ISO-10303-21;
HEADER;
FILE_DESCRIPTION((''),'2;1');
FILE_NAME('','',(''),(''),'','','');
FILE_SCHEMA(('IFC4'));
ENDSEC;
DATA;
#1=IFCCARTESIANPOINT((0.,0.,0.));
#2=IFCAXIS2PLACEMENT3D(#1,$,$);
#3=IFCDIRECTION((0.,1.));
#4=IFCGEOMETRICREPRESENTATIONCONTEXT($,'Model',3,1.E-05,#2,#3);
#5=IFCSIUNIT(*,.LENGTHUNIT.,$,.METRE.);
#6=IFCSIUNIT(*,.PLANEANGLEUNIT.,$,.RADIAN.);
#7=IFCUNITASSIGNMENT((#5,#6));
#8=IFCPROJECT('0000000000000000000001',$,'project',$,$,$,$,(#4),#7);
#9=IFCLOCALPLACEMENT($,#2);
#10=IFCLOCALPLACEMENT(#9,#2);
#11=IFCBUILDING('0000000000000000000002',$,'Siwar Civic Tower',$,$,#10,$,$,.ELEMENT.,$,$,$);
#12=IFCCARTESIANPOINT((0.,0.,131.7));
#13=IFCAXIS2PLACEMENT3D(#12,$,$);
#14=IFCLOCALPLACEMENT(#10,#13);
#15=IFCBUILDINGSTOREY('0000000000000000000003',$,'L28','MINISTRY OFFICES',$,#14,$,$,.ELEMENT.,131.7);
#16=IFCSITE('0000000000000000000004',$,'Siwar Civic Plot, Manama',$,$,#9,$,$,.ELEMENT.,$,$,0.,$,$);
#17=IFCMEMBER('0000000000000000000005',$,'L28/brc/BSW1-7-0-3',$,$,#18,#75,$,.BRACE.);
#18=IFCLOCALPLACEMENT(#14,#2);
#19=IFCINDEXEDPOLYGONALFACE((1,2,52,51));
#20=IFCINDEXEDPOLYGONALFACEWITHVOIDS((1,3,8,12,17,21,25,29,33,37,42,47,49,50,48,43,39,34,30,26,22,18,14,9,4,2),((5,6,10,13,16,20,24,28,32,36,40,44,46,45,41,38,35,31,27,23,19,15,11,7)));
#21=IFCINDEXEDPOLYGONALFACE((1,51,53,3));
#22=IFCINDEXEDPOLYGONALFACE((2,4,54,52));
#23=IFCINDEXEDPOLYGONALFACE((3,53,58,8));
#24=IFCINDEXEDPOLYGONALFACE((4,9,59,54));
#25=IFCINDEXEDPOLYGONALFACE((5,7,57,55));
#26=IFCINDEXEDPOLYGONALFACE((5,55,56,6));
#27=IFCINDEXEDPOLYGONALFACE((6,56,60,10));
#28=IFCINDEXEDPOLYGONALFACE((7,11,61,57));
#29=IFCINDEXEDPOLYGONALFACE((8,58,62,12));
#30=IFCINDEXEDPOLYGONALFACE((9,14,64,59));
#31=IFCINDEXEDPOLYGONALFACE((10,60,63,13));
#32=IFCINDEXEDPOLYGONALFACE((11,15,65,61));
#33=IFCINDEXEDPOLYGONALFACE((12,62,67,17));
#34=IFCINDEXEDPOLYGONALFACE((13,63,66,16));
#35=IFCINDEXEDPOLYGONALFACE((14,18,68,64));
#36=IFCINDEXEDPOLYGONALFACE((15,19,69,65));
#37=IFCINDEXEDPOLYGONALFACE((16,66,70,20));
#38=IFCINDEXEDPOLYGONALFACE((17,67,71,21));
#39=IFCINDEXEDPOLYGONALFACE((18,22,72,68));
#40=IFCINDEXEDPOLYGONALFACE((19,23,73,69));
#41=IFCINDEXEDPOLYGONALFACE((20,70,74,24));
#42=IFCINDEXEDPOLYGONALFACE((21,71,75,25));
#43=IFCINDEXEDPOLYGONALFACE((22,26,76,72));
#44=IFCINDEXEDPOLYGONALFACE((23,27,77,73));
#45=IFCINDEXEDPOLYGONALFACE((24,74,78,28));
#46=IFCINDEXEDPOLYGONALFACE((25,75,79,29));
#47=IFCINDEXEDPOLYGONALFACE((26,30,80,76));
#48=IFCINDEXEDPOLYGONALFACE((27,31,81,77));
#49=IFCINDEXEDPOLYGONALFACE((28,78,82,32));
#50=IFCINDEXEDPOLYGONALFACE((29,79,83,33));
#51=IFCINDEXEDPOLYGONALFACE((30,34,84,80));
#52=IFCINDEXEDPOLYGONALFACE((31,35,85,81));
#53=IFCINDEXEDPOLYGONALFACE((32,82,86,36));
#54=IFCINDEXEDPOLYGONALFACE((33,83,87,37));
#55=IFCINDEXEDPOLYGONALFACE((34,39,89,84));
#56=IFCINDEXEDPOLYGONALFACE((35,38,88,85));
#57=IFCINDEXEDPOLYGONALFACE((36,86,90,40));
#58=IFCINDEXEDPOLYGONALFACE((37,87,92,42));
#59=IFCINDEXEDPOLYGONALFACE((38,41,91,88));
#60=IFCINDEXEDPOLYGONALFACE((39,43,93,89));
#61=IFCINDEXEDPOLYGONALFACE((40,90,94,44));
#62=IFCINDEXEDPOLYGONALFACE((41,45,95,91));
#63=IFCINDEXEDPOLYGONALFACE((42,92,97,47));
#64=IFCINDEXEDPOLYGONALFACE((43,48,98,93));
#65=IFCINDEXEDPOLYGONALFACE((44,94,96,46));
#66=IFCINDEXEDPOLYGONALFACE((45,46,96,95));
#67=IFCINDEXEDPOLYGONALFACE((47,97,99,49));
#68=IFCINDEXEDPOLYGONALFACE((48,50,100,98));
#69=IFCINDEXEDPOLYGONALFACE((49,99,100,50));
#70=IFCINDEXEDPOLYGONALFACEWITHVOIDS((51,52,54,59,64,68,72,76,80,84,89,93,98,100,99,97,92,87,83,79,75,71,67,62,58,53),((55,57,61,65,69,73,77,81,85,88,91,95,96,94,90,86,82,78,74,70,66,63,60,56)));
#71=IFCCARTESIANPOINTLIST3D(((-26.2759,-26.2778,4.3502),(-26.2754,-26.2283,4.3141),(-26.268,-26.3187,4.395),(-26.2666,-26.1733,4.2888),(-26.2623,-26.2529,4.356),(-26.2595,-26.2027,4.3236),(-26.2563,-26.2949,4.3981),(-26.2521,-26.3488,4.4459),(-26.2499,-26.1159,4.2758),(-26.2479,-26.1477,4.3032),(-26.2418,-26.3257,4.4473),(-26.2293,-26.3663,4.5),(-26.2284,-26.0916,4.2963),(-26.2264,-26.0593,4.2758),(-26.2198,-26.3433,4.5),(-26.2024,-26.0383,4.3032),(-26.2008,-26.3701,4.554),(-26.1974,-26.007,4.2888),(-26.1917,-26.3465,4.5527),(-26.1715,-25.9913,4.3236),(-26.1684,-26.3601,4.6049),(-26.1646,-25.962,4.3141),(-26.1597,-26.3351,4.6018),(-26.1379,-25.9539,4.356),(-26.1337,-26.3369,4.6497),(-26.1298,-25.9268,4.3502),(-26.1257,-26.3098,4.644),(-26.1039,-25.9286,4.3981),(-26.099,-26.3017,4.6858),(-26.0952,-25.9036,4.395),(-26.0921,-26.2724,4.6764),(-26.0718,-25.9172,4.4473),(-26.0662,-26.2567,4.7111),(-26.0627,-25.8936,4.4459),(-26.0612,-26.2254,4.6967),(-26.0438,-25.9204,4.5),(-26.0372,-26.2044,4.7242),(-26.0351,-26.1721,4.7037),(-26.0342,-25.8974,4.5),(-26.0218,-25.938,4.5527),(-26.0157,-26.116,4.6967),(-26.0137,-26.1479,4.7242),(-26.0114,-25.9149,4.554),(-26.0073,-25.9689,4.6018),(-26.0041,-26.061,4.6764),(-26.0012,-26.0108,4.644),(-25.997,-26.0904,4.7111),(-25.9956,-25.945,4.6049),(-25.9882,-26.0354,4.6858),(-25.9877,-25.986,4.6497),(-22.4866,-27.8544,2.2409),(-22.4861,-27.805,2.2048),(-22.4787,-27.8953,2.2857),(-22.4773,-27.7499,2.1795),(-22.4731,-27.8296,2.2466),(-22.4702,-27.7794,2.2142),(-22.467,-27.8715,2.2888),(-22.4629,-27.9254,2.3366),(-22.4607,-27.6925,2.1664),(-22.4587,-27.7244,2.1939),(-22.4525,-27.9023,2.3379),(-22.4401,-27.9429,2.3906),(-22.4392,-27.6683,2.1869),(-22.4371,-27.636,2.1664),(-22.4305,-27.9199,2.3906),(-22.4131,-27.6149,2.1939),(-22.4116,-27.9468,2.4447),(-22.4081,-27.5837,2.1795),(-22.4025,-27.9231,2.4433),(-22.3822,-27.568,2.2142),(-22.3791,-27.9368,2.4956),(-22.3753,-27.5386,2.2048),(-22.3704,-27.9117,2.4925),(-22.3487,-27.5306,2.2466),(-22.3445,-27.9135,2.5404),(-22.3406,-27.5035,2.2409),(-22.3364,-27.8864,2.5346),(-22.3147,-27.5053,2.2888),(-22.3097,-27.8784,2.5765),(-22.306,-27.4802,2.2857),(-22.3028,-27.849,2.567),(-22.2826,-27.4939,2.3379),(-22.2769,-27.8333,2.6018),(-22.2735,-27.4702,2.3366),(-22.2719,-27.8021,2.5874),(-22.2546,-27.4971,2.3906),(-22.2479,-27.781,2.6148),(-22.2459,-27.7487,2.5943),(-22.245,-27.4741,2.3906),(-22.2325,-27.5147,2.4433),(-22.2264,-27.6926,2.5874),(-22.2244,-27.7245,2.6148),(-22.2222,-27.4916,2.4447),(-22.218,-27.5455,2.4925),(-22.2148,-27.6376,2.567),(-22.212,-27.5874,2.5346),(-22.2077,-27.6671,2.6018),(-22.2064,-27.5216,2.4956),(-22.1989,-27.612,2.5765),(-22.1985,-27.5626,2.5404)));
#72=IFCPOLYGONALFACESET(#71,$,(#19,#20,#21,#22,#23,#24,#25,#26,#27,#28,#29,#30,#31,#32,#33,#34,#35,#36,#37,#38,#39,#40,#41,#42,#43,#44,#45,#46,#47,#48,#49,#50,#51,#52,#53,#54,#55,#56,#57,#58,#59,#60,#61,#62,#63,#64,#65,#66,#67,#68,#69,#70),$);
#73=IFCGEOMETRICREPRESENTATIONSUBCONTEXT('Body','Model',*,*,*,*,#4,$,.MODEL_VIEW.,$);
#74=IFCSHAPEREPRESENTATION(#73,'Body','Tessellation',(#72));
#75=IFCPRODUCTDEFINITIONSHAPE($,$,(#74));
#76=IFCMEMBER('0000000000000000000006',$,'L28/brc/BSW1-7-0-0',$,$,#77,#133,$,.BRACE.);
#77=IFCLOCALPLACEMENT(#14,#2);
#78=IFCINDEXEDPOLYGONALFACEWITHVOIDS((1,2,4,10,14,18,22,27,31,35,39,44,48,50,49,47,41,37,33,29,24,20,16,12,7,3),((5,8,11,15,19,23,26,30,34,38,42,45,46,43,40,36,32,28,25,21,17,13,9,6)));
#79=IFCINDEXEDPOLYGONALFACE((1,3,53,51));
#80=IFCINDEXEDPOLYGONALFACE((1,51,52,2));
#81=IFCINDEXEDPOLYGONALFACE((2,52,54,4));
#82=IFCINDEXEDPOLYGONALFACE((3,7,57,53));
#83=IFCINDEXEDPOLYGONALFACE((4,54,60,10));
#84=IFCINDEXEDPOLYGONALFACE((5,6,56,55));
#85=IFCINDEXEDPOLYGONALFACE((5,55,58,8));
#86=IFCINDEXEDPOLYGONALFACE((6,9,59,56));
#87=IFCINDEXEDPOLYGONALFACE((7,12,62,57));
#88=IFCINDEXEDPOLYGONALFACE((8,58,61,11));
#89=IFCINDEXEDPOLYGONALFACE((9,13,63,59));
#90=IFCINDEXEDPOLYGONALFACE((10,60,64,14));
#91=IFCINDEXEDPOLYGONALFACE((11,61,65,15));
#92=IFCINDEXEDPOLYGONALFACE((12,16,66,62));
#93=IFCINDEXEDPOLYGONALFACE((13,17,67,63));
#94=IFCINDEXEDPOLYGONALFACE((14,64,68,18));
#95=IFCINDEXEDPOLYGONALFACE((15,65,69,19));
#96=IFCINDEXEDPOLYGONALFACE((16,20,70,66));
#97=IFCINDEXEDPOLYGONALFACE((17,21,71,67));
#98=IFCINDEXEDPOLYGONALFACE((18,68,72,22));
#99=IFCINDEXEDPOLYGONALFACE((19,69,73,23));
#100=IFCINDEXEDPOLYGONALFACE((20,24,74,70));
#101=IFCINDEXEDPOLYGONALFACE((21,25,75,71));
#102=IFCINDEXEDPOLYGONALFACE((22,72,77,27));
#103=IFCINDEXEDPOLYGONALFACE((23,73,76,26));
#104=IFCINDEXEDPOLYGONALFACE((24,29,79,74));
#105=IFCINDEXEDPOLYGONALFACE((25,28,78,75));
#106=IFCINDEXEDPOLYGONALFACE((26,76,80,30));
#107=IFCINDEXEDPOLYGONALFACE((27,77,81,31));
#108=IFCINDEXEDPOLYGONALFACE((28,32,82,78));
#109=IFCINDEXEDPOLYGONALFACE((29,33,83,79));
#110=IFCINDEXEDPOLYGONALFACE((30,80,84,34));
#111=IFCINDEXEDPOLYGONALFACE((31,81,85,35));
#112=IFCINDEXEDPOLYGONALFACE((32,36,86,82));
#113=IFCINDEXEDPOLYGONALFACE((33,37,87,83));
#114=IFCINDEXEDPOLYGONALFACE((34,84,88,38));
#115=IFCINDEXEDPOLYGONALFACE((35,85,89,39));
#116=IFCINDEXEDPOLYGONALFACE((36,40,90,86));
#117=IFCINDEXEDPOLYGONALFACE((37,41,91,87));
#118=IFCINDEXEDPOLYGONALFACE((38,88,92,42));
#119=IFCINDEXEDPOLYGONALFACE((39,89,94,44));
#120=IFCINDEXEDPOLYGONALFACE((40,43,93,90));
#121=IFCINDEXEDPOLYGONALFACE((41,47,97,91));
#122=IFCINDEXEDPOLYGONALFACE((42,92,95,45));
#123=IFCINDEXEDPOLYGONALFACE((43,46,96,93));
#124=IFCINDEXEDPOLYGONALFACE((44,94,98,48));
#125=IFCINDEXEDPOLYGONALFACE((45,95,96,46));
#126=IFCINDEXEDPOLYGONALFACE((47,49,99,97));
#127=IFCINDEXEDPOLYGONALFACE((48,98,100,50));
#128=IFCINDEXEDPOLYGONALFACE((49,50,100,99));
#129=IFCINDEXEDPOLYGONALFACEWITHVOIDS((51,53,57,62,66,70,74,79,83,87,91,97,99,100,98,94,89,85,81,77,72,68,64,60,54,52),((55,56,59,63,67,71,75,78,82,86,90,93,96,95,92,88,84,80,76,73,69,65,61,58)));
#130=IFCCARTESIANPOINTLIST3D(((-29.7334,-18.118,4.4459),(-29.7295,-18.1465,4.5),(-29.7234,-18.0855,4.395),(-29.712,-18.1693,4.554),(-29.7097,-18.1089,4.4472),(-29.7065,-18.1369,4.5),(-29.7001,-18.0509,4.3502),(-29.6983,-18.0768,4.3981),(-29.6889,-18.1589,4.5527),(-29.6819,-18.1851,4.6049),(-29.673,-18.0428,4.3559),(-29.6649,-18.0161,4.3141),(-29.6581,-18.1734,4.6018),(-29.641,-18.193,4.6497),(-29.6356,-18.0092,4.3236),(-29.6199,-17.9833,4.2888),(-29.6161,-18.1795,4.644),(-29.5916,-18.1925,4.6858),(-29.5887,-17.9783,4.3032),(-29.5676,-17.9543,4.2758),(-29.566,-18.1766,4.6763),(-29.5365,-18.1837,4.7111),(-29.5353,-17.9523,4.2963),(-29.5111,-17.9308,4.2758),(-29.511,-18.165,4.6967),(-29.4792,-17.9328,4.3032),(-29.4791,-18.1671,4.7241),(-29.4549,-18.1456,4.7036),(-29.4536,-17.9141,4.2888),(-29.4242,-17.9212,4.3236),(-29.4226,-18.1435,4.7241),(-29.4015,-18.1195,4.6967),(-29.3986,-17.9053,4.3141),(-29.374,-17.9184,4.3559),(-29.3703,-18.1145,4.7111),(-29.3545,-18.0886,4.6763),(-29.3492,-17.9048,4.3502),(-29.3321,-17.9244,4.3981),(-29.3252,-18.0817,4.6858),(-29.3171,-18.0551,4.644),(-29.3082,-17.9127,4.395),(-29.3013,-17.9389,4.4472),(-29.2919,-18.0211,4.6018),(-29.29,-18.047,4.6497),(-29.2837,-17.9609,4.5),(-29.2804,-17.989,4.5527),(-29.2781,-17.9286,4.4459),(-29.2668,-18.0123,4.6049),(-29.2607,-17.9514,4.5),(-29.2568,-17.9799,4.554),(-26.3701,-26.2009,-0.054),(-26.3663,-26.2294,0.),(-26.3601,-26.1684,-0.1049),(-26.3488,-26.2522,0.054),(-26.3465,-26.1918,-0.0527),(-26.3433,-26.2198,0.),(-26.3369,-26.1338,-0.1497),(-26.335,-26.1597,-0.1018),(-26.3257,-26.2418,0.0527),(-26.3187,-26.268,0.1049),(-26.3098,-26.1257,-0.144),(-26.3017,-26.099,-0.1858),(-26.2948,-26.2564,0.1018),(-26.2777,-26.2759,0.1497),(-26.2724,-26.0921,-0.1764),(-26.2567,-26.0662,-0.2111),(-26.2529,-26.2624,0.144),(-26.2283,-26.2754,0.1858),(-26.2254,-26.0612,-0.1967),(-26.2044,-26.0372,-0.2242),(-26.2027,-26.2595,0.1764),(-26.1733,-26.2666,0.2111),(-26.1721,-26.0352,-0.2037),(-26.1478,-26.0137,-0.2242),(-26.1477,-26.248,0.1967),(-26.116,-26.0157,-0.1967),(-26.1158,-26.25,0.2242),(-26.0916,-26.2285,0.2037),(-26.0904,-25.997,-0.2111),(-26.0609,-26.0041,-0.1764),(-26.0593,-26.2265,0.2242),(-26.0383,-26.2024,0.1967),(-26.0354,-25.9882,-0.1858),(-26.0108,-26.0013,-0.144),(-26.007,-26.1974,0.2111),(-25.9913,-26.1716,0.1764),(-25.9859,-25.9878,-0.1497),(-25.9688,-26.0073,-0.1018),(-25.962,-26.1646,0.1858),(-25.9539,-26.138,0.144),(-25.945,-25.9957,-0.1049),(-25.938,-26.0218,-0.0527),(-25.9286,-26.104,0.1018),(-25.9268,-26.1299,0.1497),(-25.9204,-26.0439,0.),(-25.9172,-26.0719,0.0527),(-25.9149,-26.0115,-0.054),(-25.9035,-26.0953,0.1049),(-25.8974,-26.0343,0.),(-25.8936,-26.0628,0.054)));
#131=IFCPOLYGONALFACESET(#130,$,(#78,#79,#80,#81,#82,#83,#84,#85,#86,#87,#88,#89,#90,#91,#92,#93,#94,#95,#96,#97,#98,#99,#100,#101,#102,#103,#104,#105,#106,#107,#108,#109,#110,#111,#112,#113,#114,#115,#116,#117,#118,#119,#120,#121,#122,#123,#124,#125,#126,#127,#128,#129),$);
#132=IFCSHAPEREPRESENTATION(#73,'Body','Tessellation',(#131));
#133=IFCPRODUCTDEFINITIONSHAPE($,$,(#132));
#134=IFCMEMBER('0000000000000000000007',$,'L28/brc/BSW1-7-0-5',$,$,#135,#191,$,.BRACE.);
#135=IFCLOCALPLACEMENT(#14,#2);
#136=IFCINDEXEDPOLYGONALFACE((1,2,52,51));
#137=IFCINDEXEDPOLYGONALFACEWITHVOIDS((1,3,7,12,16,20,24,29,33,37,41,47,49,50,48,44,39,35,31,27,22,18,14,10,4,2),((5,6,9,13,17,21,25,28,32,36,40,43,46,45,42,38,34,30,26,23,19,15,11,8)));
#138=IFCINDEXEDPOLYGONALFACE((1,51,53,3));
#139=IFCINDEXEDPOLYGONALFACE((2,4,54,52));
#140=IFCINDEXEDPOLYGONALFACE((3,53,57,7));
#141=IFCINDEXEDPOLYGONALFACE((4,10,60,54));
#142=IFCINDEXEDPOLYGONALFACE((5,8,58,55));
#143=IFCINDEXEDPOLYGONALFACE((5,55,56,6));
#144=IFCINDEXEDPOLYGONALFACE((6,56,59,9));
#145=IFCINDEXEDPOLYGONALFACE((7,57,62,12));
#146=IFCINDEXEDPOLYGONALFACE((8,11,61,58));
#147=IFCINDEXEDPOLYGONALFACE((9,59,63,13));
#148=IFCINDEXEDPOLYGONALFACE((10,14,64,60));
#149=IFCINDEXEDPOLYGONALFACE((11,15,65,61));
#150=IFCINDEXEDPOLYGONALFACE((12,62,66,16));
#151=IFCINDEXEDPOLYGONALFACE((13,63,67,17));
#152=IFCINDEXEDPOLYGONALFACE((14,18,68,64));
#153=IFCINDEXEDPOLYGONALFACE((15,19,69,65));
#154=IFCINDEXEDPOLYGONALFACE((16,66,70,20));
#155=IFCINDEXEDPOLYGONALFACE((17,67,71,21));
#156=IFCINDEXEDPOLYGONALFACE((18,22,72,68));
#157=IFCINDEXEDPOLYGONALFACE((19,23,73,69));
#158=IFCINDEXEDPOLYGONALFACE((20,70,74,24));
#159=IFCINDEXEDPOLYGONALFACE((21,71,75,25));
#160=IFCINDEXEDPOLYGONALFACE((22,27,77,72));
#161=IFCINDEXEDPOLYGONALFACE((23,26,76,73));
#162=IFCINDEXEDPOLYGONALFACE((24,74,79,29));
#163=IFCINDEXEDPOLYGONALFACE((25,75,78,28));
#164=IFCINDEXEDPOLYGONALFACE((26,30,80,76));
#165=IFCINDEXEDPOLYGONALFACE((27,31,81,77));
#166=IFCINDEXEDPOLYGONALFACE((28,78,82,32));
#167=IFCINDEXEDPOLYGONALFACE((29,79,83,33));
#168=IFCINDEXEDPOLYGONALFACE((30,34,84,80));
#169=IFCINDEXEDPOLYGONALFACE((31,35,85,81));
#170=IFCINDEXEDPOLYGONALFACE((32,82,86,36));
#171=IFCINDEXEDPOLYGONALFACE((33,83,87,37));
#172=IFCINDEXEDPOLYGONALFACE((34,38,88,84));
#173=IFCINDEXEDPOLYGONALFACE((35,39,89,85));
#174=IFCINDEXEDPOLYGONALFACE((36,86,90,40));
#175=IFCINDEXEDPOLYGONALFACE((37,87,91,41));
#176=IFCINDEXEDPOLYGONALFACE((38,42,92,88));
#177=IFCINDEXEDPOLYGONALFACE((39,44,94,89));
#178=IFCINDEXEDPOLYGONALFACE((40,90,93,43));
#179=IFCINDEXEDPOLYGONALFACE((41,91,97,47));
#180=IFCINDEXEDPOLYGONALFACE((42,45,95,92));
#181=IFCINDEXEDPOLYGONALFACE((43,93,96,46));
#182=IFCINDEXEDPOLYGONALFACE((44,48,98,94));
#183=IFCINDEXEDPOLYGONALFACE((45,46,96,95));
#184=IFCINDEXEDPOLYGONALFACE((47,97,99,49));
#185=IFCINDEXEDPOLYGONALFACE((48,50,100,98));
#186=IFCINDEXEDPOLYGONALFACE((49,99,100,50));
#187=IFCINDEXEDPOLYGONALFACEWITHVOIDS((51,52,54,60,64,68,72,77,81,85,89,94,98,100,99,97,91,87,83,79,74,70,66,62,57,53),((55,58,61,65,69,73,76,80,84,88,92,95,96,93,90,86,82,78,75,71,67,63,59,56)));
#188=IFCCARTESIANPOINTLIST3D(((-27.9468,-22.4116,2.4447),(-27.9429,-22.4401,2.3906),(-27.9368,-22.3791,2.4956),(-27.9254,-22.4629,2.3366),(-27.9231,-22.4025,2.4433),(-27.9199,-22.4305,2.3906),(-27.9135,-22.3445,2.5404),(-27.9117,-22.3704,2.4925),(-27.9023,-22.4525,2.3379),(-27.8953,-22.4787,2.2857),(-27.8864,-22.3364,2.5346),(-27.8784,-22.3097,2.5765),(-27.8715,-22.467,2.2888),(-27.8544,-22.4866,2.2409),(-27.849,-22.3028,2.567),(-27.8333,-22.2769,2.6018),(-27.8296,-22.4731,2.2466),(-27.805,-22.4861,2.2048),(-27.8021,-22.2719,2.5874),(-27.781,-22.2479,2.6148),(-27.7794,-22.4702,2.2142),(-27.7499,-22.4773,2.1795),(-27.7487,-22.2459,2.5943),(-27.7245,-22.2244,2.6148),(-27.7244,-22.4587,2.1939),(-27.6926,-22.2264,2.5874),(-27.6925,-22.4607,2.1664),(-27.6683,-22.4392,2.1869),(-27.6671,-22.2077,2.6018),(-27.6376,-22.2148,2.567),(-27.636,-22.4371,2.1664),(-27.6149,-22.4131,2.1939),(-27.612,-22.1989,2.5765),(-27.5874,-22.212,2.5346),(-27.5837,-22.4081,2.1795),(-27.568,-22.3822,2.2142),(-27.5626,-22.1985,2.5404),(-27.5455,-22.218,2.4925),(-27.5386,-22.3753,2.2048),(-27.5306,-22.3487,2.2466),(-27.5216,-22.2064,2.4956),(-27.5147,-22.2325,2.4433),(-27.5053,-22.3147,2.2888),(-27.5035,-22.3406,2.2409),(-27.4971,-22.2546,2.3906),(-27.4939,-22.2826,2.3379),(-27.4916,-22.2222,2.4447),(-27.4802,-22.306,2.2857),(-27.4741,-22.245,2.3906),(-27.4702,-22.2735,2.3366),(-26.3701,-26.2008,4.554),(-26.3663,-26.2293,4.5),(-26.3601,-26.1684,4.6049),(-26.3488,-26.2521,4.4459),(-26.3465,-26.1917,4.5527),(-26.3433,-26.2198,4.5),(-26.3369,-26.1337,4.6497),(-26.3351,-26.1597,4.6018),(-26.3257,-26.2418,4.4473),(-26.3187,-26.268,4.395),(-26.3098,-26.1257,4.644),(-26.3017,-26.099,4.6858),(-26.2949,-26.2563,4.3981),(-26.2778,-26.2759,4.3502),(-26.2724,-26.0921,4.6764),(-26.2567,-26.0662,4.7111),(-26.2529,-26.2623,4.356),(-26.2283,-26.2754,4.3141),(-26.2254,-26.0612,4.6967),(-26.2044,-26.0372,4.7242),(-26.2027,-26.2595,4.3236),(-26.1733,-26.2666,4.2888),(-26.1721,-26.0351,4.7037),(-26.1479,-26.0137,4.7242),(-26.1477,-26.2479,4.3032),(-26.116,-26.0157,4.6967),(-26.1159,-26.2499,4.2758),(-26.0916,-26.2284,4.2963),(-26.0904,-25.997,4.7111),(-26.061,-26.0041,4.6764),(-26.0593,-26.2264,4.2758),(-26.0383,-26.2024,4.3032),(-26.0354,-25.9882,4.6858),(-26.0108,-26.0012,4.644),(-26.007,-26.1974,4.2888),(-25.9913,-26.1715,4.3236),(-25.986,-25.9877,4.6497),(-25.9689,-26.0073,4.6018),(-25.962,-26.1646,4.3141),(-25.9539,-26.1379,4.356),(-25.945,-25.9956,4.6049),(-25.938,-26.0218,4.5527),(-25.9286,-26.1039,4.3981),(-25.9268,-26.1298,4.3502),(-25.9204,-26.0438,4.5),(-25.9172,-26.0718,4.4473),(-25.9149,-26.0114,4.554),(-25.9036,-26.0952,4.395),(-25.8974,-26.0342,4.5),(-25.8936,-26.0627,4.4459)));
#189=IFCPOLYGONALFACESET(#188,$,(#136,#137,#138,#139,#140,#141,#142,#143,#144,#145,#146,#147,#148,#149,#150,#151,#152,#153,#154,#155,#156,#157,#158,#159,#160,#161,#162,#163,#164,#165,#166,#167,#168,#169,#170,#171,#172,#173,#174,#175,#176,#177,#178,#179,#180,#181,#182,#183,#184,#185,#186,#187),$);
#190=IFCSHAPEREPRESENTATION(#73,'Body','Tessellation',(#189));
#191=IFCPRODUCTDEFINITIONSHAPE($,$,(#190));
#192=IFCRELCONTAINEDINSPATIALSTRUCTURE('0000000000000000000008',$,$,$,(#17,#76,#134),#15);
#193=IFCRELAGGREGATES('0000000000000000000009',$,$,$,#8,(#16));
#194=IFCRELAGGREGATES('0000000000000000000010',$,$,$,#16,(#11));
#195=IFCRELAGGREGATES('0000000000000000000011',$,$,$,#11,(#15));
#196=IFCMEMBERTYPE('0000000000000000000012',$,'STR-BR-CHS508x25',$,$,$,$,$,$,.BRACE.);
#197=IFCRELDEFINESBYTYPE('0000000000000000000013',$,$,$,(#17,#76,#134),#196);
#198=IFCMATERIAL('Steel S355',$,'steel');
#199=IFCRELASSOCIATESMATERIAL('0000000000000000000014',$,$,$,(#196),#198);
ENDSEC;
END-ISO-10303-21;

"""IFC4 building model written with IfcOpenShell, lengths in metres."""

from ifc_helpers import new_model, si_unit, direction, frame, origin, origin_2d, place, context, subcontext, project, spatial, hollow_circle, extrude, material, material_profile, profile_set, type_object, element, save


model = new_model("IFC4")

# Units and contexts
model_context = context("Model", 3, precision=1e-05, world=origin(), true_north=direction((0.0, 1.0)))
body_context = subcontext(model_context, "Body", "Model", "MODEL_VIEW")
ifc_project = project(units=[si_unit("LENGTHUNIT", "METRE"), si_unit("PLANEANGLEUNIT", "RADIAN")], contexts=[model_context])

# Site, building, storey
site_placement = place(None, origin())
site = spatial("IfcSite", under=ifc_project, at=site_placement, Name="Siwar Civic Plot, Manama", CompositionType="ELEMENT", RefElevation=0.0)
building_placement = place(site_placement, origin())
building = spatial("IfcBuilding", under=site, at=building_placement, Name="Siwar Civic Tower", CompositionType="ELEMENT")
storey_placement = place(building_placement, frame((0.0, 0.0, 131.7)))
storey = spatial("IfcBuildingStorey", under=building, at=storey_placement, Name="L28", Description="MINISTRY OFFICES", CompositionType="ELEMENT", Elevation=131.7)

# Members
ifc_material_1 = material(Name="Steel S355", Category="steel")
ifc_material_profile_1 = material_profile(ifc_material_1, hollow_circle(Radius=0.2539, WallThickness=0.0249, at=origin_2d()), Name="CHS508x25")
ifc_profile_set_1 = profile_set([ifc_material_profile_1], Name="Steel S355")
member_type_1 = type_object("IfcMemberType", Name="STR-BR-CHS508x25", PredefinedType="BRACE", material=ifc_profile_set_1)
for number, where, z_axis, x_axis, name in (
    (1, (-22.3425, -27.7085, 2.3906), (-0.821163, 0.341671, 0.457113), (-0.384155, -0.923269, 0.0), "L28/brc/BSW1-7-0-3"),
):
    element("IfcMember", number, at=place(storey_placement, frame(where, z_axis=z_axis, x_axis=x_axis)), inside=storey, type_object=member_type_1, Name=name, PredefinedType="BRACE", context=body_context, shape_type="SweptSolid", body=[
        extrude(hollow_circle(Radius=0.2539, WallThickness=0.0249, at=origin_2d()), origin(), (0.0, 0.0, 1.0), 4.6145),
    ])
member_1_placement = place(storey_placement, frame((-26.1318, -26.1318, 0.0), z_axis=(-0.341671, 0.821143, 0.457149), x_axis=(-0.923265, -0.384164, 0.0)))
element("IfcMember", 2, at=member_1_placement, inside=storey, type_object=member_type_1, Name="L28/brc/BSW1-7-0-0", PredefinedType="BRACE", context=body_context, shape_type="SweptSolid", body=[
    extrude(hollow_circle(Radius=0.2539, WallThickness=0.0249, at=origin_2d()), origin(), (0.0, 0.0, 1.0), 9.8435),
])
member_2_placement = place(storey_placement, frame((-27.7085, -22.3425, 2.3906), z_axis=(0.341671, -0.821163, 0.457113), x_axis=(0.923269, 0.384155, 0.0)))
element("IfcMember", 3, at=member_2_placement, inside=storey, type_object=member_type_1, Name="L28/brc/BSW1-7-0-5", PredefinedType="BRACE", context=body_context, shape_type="SweptSolid", body=[
    extrude(hollow_circle(Radius=0.2539, WallThickness=0.0249, at=origin_2d()), origin(), (0.0, 0.0, 1.0), 4.6145),
])

save(model, "model.ifc")
